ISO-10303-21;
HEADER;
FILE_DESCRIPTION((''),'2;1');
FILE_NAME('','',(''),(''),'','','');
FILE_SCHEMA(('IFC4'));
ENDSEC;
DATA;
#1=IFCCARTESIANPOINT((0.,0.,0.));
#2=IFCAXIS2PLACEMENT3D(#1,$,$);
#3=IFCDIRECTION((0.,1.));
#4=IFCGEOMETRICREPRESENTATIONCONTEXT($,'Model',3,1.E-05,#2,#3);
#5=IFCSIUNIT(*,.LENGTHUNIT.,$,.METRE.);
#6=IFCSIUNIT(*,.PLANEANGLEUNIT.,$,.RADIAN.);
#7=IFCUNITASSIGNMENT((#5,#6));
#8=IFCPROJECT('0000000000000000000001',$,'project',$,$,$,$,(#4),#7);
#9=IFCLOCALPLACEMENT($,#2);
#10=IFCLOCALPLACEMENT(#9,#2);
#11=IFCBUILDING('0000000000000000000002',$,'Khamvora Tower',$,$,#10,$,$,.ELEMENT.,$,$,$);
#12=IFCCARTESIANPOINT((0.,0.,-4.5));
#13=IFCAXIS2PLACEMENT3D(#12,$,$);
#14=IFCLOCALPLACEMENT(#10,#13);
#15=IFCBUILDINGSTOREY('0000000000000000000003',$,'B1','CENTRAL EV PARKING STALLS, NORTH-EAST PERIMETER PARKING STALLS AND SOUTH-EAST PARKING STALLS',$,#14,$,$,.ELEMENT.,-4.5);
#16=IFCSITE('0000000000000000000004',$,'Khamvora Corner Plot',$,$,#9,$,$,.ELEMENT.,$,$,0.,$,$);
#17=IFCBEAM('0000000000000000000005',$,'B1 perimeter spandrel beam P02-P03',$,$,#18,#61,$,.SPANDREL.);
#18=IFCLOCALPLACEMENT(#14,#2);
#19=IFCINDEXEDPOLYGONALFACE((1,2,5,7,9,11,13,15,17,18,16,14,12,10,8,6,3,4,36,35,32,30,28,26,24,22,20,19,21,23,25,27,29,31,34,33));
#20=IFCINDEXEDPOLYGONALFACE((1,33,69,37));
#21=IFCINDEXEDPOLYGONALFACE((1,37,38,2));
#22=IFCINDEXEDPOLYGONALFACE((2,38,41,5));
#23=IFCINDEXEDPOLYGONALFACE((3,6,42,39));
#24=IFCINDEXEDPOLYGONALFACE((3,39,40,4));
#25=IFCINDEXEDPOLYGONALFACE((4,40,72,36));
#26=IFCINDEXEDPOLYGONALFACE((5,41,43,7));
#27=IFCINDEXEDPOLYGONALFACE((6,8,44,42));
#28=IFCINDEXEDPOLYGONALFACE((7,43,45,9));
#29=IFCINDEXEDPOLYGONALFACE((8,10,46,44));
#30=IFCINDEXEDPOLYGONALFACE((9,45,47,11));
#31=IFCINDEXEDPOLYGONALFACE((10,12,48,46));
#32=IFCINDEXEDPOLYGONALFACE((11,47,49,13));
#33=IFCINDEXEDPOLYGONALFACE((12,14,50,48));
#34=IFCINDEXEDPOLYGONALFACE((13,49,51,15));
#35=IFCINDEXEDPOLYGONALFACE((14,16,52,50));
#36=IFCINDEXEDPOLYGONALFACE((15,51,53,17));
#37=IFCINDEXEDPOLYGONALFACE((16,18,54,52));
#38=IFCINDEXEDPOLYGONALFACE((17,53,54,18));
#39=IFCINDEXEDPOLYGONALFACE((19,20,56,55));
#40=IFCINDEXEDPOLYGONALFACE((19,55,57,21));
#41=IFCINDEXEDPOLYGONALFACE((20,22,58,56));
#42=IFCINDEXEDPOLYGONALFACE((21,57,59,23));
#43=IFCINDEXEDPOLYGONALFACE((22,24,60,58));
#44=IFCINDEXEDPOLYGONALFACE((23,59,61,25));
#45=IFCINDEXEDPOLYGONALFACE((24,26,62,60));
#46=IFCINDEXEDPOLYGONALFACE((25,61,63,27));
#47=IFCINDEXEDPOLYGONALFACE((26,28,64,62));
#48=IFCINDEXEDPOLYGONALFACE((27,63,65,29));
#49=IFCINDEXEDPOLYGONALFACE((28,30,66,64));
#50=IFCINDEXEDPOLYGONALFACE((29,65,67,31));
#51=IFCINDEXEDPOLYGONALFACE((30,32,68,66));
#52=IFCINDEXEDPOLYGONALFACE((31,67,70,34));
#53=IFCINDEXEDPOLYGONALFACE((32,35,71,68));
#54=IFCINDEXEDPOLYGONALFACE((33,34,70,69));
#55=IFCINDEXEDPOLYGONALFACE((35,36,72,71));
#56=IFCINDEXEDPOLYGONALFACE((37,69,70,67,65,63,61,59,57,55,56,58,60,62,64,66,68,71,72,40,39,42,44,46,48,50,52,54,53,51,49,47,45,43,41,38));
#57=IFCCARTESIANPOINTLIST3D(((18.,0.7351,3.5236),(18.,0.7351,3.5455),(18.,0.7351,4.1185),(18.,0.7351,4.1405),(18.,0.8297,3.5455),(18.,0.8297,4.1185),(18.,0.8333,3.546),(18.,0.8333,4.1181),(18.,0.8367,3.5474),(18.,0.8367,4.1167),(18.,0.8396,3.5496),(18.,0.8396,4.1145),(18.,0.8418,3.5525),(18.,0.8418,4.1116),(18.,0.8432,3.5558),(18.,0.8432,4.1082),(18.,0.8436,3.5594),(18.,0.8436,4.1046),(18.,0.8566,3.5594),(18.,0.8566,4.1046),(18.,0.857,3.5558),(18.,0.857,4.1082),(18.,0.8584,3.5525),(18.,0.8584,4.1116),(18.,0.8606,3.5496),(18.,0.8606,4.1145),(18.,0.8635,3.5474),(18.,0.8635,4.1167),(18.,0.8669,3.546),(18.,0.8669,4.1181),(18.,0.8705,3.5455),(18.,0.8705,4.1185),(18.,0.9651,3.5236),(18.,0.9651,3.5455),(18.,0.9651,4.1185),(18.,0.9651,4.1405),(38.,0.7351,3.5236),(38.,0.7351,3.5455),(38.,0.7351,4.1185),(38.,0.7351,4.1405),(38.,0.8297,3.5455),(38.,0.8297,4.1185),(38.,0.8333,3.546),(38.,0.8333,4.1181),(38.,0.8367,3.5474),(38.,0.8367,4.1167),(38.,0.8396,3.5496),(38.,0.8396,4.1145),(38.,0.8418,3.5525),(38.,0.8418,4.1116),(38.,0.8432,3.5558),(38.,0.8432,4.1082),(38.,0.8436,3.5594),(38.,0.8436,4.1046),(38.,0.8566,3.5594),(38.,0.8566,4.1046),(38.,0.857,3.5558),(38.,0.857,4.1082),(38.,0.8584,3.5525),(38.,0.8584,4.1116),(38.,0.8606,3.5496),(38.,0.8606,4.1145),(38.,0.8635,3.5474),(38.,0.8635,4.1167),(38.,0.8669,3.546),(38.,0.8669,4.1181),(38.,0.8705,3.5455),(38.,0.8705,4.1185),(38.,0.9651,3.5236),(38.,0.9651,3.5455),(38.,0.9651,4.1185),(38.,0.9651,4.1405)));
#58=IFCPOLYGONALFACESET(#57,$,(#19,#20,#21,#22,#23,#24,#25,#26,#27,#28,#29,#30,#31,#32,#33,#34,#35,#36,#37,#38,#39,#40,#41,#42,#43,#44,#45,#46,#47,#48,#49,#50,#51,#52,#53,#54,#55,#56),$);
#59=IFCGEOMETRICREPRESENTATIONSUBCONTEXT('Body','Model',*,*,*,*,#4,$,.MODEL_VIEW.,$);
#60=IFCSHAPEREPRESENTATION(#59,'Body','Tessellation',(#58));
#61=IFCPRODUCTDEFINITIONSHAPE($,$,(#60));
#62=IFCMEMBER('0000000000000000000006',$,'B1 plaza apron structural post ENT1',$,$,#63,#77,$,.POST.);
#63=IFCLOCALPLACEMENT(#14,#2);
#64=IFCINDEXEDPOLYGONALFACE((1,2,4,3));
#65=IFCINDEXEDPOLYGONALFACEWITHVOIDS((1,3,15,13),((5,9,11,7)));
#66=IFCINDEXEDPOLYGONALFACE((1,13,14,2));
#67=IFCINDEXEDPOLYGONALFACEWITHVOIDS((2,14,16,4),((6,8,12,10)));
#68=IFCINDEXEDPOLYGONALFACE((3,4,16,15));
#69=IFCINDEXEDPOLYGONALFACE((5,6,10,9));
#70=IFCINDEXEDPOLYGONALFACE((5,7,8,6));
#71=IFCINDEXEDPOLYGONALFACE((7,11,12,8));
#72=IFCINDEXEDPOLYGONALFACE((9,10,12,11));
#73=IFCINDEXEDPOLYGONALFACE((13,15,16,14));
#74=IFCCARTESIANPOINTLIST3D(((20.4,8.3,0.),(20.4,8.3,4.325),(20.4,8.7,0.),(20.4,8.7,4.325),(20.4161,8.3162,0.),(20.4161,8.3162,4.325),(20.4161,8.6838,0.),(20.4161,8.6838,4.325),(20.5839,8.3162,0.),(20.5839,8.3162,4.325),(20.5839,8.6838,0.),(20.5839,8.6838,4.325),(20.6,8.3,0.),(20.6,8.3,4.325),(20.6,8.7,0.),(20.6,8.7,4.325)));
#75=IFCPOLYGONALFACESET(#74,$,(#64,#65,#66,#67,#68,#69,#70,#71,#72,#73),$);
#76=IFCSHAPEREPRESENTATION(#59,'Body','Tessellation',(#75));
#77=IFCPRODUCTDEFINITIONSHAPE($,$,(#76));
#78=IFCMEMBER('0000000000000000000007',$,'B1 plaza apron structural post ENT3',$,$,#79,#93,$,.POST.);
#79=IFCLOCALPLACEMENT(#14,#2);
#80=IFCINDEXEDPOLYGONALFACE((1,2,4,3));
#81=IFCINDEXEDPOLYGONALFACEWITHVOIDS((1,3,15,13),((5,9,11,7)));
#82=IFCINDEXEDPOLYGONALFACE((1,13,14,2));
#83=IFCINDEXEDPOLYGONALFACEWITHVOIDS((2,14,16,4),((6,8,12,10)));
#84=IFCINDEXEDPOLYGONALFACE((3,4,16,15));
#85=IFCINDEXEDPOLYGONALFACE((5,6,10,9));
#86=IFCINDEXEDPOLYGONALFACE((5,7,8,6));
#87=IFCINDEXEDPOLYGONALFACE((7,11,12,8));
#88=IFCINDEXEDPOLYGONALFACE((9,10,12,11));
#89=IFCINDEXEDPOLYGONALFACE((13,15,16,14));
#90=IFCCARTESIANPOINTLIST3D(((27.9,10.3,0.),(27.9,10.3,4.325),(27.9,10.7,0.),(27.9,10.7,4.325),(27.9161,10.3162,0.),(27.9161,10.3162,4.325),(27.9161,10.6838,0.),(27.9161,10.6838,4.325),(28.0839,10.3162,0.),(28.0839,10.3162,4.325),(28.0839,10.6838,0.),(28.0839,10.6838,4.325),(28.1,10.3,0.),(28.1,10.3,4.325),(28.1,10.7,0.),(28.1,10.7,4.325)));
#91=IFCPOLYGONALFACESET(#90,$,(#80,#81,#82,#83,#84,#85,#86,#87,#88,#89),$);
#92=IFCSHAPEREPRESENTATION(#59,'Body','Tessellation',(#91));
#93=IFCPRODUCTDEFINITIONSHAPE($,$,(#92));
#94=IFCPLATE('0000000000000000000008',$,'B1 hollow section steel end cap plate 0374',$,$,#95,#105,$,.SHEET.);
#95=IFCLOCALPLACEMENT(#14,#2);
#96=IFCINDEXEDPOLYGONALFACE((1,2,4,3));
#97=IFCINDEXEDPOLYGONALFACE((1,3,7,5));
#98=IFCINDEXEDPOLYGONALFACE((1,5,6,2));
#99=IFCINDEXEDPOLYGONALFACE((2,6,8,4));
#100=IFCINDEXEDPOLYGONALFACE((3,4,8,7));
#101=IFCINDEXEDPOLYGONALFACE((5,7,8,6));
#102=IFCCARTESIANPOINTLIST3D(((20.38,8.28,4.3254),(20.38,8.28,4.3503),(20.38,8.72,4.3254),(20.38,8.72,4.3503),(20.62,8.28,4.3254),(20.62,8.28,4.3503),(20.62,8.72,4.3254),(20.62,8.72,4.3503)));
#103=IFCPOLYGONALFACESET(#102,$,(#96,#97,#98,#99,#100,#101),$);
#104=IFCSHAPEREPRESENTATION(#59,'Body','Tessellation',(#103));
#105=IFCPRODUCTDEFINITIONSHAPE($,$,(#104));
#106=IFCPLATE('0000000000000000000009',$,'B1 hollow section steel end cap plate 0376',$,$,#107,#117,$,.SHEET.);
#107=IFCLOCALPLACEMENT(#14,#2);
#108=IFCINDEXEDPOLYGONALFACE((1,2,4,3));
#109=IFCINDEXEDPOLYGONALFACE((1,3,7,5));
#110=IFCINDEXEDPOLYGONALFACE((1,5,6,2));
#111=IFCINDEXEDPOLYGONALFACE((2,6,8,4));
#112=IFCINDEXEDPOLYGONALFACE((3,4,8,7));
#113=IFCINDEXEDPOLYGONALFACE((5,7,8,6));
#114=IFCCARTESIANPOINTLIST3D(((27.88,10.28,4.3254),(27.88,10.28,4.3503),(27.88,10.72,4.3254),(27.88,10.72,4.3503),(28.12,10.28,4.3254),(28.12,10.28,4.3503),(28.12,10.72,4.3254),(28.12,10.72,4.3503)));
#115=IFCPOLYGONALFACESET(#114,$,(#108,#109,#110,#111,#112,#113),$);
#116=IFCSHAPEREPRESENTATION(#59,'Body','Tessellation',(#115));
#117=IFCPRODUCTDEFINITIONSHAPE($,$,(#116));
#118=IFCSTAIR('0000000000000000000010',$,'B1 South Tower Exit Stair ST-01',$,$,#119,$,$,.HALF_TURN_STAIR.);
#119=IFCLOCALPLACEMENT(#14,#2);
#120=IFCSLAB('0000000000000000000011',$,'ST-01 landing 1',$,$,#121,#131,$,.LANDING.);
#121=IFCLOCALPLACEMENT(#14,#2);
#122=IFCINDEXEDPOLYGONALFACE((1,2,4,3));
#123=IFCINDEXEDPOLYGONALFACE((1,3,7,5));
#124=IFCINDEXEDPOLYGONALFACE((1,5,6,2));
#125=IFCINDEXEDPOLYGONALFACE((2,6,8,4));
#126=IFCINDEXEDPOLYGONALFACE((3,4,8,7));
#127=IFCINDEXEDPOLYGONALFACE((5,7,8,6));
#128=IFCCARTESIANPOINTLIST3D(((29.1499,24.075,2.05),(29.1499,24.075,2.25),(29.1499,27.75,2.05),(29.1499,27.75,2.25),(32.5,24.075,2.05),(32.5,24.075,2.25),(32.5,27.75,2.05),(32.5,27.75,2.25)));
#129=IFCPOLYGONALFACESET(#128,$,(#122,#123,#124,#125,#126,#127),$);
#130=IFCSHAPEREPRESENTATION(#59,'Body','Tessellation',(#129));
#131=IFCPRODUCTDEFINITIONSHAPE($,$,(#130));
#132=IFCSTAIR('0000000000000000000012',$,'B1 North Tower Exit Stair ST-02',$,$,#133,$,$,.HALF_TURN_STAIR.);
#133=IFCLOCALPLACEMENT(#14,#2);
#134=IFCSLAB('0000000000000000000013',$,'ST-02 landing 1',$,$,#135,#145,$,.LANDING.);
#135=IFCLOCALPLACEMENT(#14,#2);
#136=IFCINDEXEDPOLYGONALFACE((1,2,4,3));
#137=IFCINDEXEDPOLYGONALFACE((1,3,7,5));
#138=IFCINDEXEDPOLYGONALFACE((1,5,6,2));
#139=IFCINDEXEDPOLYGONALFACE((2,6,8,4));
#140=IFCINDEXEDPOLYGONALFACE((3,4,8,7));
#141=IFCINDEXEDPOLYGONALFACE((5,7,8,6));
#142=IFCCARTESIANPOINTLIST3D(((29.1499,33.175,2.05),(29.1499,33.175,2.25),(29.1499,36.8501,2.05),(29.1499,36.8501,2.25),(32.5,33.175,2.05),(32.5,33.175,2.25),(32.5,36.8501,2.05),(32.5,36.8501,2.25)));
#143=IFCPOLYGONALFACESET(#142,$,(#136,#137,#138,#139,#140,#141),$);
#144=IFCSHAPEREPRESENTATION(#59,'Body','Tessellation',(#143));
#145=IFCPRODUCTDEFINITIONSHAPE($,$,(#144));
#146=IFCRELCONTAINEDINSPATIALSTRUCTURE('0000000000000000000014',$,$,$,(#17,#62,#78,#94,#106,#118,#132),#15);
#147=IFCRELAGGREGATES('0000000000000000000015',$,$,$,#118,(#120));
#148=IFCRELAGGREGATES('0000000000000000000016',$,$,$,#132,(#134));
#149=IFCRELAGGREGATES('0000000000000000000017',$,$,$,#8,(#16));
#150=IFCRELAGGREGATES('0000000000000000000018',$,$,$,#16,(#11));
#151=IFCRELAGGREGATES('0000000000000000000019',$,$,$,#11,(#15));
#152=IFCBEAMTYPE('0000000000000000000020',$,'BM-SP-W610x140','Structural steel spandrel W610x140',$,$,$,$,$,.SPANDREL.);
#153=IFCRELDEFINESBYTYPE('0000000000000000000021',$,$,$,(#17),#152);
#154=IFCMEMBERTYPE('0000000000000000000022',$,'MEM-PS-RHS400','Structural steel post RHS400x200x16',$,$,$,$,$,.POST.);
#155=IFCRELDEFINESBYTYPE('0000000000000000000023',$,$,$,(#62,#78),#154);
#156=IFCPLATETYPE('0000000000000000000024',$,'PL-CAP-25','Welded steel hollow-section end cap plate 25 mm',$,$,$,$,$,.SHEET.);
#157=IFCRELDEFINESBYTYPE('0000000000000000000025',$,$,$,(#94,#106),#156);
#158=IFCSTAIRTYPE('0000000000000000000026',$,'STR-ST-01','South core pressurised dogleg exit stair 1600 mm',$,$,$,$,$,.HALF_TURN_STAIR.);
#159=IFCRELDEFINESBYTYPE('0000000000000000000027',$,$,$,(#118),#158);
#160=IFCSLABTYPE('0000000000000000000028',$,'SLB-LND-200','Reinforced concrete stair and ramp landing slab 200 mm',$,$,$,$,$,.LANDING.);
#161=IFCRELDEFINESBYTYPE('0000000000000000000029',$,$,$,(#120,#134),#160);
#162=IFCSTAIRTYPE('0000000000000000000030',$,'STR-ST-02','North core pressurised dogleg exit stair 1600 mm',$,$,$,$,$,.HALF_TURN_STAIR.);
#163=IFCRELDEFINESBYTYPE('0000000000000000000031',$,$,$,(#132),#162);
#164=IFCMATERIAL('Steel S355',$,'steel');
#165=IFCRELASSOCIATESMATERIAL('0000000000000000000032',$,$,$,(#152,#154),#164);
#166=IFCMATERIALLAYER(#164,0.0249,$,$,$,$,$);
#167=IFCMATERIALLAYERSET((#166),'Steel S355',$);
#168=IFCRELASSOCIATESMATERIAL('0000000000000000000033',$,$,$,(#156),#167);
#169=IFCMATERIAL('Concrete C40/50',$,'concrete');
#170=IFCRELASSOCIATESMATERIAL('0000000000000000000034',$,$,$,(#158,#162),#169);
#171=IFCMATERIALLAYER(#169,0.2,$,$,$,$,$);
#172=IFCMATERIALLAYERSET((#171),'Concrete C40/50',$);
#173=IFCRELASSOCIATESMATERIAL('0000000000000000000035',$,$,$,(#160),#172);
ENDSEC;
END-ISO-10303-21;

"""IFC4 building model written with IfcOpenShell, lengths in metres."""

from ifc_helpers import new_model, si_unit, direction, frame, origin, origin_2d, place, context, subcontext, project, spatial, polyline, rectangle, hollow_rectangle, i_section, outline, extrude, material, layer, layer_set, material_profile, profile_set, type_object, element, aggregate, save


model = new_model("IFC4")

# Units and contexts
model_context = context("Model", 3, precision=1e-05, world=origin(), true_north=direction((0.0, 1.0)))
body_context = subcontext(model_context, "Body", "Model", "MODEL_VIEW")
ifc_project = project(units=[si_unit("LENGTHUNIT", "METRE"), si_unit("PLANEANGLEUNIT", "RADIAN")], contexts=[model_context])

# Site, building, storey
site_placement = place(None, origin())
site = spatial("IfcSite", under=ifc_project, at=site_placement, Name="Khamvora Corner Plot", CompositionType="ELEMENT", RefElevation=0.0)
building_placement = place(site_placement, origin())
building = spatial("IfcBuilding", under=site, at=building_placement, Name="Khamvora Tower", CompositionType="ELEMENT")
storey_placement = place(building_placement, frame((0.0, 0.0, -4.5)))
storey = spatial("IfcBuildingStorey", under=building, at=storey_placement, Name="B1", Description="CENTRAL EV PARKING STALLS, NORTH-EAST PERIMETER PARKING STALLS AND SOUTH-EAST PARKING STALLS", CompositionType="ELEMENT", Elevation=-4.5)

# Shared definitions
ifc_material_1 = material(Name="Steel S355", Category="steel")

# Beam
ifc_material_profile_1 = material_profile(ifc_material_1, i_section(OverallWidth=0.23, OverallDepth=0.6169, WebThickness=0.0129, FlangeThickness=0.022, FilletRadius=0.0139, at=origin_2d()), Name="W610x140")
ifc_profile_set_1 = profile_set([ifc_material_profile_1], Name="Steel S355")
beam_type = type_object("IfcBeamType", Name="BM-SP-W610x140", Description="Structural steel spandrel W610x140", PredefinedType="SPANDREL", material=ifc_profile_set_1)
beam_1_placement = place(storey_placement, frame((18.0, 0.8501, 3.832), z_axis=(1.0, 0.0, 0.0), x_axis=(0.0, 1.0, 0.0)))
element("IfcBeam", 1, at=beam_1_placement, inside=storey, type_object=beam_type, Name="B1 perimeter spandrel beam P02-P03", PredefinedType="SPANDREL", context=body_context, shape_type="SweptSolid", body=[
    extrude(i_section(OverallWidth=0.23, OverallDepth=0.6169, WebThickness=0.0129, FlangeThickness=0.022, FilletRadius=0.0139, at=origin_2d()), origin(), (0.0, 0.0, 1.0), 20.0),
])

# Members
ifc_material_profile_2 = material_profile(ifc_material_1, hollow_rectangle(XDim=0.2, YDim=0.3999, WallThickness=0.0161, at=origin_2d()), Name="RHS400x200x16")
ifc_profile_set_2 = profile_set([ifc_material_profile_2], Name="Steel S355")
member_type = type_object("IfcMemberType", Name="MEM-PS-RHS400", Description="Structural steel post RHS400x200x16", PredefinedType="POST", material=ifc_profile_set_2)
for number, where, z_axis, x_axis, name in (
    (2, (20.5, 8.5, 0.0), (0.0, 0.0, 1.0), (1.0, 0.0, 0.0), "B1 plaza apron structural post ENT1"),
    (3, (28.0, 10.5, 0.0), (0.0, 0.0, 1.0), (1.0, 0.0, 0.0), "B1 plaza apron structural post ENT3"),
):
    element("IfcMember", number, at=place(storey_placement, frame(where, z_axis=z_axis, x_axis=x_axis)), inside=storey, type_object=member_type, Name=name, PredefinedType="POST", context=body_context, shape_type="SweptSolid", body=[
        extrude(hollow_rectangle(XDim=0.2, YDim=0.3999, WallThickness=0.0161, at=origin_2d()), origin(), (0.0, 0.0, 1.0), 4.325),
    ])

# Plates
ifc_layer_1 = layer(ifc_material_1, 0.0249)
ifc_layer_set_1 = layer_set([ifc_layer_1], Name="Steel S355")
plate_type = type_object("IfcPlateType", Name="PL-CAP-25", Description="Welded steel hollow-section end cap plate 25 mm", PredefinedType="SHEET", material=ifc_layer_set_1)
for number, where, z_axis, x_axis, name in (
    (4, (20.5, 8.5, 4.3254), (0.0, 0.0, 1.0), (1.0, 0.0, 0.0), "B1 hollow section steel end cap plate 0374"),
    (5, (28.0, 10.5, 4.3254), (0.0, 0.0, 1.0), (1.0, 0.0, 0.0), "B1 hollow section steel end cap plate 0376"),
):
    element("IfcPlate", number, at=place(storey_placement, frame(where, z_axis=z_axis, x_axis=x_axis)), inside=storey, type_object=plate_type, Name=name, PredefinedType="SHEET", context=body_context, shape_type="SweptSolid", body=[
        extrude(rectangle(XDim=0.24, YDim=0.4399, at=origin_2d()), origin(), (0.0, 0.0, 1.0), 0.0249),
    ])

# Stairs, slabs
ifc_material_2 = material(Name="Concrete C40/50", Category="concrete")
stair_type_1 = type_object("IfcStairType", Name="STR-ST-01", Description="South core pressurised dogleg exit stair 1600 mm", PredefinedType="HALF_TURN_STAIR", material=ifc_material_2)
stair_1_placement = place(storey_placement, origin())
stair_1 = element("IfcStair", 6, at=stair_1_placement, inside=storey, type_object=stair_type_1, Name="B1 South Tower Exit Stair ST-01", PredefinedType="HALF_TURN_STAIR")
ifc_layer_2 = layer(ifc_material_2, 0.2)
ifc_layer_set_2 = layer_set([ifc_layer_2], Name="Concrete C40/50")
slab_type_1 = type_object("IfcSlabType", Name="SLB-LND-200", Description="Reinforced concrete stair and ramp landing slab 200 mm", PredefinedType="LANDING", material=ifc_layer_set_2)
slab_1_placement = place(storey_placement, frame((0.0, 0.0, 2.05)))
slab_1 = element("IfcSlab", 7, at=slab_1_placement, type_object=slab_type_1, Name="ST-01 landing 1", PredefinedType="LANDING", context=body_context, shape_type="SweptSolid", body=[
    extrude(outline(polyline([(32.5, 24.075), (32.5, 27.75), (29.1499, 27.75), (29.1499, 24.075), (32.5, 24.075)])), origin(), (0.0, 0.0, 1.0), 0.2),
])
aggregate(stair_1, [slab_1])
stair_type_2 = type_object("IfcStairType", Name="STR-ST-02", Description="North core pressurised dogleg exit stair 1600 mm", PredefinedType="HALF_TURN_STAIR", material=ifc_material_2)
stair_2_placement = place(storey_placement, origin())
stair_2 = element("IfcStair", 8, at=stair_2_placement, inside=storey, type_object=stair_type_2, Name="B1 North Tower Exit Stair ST-02", PredefinedType="HALF_TURN_STAIR")
slab_2_placement = place(storey_placement, frame((0.0, 0.0, 2.05)))
slab_2 = element("IfcSlab", 9, at=slab_2_placement, type_object=slab_type_1, Name="ST-02 landing 1", PredefinedType="LANDING", context=body_context, shape_type="SweptSolid", body=[
    extrude(outline(polyline([(32.5, 33.175), (32.5, 36.8501), (29.1499, 36.8501), (29.1499, 33.175), (32.5, 33.175)])), origin(), (0.0, 0.0, 1.0), 0.2),
])
aggregate(stair_2, [slab_2])

save(model, "model.ifc")
